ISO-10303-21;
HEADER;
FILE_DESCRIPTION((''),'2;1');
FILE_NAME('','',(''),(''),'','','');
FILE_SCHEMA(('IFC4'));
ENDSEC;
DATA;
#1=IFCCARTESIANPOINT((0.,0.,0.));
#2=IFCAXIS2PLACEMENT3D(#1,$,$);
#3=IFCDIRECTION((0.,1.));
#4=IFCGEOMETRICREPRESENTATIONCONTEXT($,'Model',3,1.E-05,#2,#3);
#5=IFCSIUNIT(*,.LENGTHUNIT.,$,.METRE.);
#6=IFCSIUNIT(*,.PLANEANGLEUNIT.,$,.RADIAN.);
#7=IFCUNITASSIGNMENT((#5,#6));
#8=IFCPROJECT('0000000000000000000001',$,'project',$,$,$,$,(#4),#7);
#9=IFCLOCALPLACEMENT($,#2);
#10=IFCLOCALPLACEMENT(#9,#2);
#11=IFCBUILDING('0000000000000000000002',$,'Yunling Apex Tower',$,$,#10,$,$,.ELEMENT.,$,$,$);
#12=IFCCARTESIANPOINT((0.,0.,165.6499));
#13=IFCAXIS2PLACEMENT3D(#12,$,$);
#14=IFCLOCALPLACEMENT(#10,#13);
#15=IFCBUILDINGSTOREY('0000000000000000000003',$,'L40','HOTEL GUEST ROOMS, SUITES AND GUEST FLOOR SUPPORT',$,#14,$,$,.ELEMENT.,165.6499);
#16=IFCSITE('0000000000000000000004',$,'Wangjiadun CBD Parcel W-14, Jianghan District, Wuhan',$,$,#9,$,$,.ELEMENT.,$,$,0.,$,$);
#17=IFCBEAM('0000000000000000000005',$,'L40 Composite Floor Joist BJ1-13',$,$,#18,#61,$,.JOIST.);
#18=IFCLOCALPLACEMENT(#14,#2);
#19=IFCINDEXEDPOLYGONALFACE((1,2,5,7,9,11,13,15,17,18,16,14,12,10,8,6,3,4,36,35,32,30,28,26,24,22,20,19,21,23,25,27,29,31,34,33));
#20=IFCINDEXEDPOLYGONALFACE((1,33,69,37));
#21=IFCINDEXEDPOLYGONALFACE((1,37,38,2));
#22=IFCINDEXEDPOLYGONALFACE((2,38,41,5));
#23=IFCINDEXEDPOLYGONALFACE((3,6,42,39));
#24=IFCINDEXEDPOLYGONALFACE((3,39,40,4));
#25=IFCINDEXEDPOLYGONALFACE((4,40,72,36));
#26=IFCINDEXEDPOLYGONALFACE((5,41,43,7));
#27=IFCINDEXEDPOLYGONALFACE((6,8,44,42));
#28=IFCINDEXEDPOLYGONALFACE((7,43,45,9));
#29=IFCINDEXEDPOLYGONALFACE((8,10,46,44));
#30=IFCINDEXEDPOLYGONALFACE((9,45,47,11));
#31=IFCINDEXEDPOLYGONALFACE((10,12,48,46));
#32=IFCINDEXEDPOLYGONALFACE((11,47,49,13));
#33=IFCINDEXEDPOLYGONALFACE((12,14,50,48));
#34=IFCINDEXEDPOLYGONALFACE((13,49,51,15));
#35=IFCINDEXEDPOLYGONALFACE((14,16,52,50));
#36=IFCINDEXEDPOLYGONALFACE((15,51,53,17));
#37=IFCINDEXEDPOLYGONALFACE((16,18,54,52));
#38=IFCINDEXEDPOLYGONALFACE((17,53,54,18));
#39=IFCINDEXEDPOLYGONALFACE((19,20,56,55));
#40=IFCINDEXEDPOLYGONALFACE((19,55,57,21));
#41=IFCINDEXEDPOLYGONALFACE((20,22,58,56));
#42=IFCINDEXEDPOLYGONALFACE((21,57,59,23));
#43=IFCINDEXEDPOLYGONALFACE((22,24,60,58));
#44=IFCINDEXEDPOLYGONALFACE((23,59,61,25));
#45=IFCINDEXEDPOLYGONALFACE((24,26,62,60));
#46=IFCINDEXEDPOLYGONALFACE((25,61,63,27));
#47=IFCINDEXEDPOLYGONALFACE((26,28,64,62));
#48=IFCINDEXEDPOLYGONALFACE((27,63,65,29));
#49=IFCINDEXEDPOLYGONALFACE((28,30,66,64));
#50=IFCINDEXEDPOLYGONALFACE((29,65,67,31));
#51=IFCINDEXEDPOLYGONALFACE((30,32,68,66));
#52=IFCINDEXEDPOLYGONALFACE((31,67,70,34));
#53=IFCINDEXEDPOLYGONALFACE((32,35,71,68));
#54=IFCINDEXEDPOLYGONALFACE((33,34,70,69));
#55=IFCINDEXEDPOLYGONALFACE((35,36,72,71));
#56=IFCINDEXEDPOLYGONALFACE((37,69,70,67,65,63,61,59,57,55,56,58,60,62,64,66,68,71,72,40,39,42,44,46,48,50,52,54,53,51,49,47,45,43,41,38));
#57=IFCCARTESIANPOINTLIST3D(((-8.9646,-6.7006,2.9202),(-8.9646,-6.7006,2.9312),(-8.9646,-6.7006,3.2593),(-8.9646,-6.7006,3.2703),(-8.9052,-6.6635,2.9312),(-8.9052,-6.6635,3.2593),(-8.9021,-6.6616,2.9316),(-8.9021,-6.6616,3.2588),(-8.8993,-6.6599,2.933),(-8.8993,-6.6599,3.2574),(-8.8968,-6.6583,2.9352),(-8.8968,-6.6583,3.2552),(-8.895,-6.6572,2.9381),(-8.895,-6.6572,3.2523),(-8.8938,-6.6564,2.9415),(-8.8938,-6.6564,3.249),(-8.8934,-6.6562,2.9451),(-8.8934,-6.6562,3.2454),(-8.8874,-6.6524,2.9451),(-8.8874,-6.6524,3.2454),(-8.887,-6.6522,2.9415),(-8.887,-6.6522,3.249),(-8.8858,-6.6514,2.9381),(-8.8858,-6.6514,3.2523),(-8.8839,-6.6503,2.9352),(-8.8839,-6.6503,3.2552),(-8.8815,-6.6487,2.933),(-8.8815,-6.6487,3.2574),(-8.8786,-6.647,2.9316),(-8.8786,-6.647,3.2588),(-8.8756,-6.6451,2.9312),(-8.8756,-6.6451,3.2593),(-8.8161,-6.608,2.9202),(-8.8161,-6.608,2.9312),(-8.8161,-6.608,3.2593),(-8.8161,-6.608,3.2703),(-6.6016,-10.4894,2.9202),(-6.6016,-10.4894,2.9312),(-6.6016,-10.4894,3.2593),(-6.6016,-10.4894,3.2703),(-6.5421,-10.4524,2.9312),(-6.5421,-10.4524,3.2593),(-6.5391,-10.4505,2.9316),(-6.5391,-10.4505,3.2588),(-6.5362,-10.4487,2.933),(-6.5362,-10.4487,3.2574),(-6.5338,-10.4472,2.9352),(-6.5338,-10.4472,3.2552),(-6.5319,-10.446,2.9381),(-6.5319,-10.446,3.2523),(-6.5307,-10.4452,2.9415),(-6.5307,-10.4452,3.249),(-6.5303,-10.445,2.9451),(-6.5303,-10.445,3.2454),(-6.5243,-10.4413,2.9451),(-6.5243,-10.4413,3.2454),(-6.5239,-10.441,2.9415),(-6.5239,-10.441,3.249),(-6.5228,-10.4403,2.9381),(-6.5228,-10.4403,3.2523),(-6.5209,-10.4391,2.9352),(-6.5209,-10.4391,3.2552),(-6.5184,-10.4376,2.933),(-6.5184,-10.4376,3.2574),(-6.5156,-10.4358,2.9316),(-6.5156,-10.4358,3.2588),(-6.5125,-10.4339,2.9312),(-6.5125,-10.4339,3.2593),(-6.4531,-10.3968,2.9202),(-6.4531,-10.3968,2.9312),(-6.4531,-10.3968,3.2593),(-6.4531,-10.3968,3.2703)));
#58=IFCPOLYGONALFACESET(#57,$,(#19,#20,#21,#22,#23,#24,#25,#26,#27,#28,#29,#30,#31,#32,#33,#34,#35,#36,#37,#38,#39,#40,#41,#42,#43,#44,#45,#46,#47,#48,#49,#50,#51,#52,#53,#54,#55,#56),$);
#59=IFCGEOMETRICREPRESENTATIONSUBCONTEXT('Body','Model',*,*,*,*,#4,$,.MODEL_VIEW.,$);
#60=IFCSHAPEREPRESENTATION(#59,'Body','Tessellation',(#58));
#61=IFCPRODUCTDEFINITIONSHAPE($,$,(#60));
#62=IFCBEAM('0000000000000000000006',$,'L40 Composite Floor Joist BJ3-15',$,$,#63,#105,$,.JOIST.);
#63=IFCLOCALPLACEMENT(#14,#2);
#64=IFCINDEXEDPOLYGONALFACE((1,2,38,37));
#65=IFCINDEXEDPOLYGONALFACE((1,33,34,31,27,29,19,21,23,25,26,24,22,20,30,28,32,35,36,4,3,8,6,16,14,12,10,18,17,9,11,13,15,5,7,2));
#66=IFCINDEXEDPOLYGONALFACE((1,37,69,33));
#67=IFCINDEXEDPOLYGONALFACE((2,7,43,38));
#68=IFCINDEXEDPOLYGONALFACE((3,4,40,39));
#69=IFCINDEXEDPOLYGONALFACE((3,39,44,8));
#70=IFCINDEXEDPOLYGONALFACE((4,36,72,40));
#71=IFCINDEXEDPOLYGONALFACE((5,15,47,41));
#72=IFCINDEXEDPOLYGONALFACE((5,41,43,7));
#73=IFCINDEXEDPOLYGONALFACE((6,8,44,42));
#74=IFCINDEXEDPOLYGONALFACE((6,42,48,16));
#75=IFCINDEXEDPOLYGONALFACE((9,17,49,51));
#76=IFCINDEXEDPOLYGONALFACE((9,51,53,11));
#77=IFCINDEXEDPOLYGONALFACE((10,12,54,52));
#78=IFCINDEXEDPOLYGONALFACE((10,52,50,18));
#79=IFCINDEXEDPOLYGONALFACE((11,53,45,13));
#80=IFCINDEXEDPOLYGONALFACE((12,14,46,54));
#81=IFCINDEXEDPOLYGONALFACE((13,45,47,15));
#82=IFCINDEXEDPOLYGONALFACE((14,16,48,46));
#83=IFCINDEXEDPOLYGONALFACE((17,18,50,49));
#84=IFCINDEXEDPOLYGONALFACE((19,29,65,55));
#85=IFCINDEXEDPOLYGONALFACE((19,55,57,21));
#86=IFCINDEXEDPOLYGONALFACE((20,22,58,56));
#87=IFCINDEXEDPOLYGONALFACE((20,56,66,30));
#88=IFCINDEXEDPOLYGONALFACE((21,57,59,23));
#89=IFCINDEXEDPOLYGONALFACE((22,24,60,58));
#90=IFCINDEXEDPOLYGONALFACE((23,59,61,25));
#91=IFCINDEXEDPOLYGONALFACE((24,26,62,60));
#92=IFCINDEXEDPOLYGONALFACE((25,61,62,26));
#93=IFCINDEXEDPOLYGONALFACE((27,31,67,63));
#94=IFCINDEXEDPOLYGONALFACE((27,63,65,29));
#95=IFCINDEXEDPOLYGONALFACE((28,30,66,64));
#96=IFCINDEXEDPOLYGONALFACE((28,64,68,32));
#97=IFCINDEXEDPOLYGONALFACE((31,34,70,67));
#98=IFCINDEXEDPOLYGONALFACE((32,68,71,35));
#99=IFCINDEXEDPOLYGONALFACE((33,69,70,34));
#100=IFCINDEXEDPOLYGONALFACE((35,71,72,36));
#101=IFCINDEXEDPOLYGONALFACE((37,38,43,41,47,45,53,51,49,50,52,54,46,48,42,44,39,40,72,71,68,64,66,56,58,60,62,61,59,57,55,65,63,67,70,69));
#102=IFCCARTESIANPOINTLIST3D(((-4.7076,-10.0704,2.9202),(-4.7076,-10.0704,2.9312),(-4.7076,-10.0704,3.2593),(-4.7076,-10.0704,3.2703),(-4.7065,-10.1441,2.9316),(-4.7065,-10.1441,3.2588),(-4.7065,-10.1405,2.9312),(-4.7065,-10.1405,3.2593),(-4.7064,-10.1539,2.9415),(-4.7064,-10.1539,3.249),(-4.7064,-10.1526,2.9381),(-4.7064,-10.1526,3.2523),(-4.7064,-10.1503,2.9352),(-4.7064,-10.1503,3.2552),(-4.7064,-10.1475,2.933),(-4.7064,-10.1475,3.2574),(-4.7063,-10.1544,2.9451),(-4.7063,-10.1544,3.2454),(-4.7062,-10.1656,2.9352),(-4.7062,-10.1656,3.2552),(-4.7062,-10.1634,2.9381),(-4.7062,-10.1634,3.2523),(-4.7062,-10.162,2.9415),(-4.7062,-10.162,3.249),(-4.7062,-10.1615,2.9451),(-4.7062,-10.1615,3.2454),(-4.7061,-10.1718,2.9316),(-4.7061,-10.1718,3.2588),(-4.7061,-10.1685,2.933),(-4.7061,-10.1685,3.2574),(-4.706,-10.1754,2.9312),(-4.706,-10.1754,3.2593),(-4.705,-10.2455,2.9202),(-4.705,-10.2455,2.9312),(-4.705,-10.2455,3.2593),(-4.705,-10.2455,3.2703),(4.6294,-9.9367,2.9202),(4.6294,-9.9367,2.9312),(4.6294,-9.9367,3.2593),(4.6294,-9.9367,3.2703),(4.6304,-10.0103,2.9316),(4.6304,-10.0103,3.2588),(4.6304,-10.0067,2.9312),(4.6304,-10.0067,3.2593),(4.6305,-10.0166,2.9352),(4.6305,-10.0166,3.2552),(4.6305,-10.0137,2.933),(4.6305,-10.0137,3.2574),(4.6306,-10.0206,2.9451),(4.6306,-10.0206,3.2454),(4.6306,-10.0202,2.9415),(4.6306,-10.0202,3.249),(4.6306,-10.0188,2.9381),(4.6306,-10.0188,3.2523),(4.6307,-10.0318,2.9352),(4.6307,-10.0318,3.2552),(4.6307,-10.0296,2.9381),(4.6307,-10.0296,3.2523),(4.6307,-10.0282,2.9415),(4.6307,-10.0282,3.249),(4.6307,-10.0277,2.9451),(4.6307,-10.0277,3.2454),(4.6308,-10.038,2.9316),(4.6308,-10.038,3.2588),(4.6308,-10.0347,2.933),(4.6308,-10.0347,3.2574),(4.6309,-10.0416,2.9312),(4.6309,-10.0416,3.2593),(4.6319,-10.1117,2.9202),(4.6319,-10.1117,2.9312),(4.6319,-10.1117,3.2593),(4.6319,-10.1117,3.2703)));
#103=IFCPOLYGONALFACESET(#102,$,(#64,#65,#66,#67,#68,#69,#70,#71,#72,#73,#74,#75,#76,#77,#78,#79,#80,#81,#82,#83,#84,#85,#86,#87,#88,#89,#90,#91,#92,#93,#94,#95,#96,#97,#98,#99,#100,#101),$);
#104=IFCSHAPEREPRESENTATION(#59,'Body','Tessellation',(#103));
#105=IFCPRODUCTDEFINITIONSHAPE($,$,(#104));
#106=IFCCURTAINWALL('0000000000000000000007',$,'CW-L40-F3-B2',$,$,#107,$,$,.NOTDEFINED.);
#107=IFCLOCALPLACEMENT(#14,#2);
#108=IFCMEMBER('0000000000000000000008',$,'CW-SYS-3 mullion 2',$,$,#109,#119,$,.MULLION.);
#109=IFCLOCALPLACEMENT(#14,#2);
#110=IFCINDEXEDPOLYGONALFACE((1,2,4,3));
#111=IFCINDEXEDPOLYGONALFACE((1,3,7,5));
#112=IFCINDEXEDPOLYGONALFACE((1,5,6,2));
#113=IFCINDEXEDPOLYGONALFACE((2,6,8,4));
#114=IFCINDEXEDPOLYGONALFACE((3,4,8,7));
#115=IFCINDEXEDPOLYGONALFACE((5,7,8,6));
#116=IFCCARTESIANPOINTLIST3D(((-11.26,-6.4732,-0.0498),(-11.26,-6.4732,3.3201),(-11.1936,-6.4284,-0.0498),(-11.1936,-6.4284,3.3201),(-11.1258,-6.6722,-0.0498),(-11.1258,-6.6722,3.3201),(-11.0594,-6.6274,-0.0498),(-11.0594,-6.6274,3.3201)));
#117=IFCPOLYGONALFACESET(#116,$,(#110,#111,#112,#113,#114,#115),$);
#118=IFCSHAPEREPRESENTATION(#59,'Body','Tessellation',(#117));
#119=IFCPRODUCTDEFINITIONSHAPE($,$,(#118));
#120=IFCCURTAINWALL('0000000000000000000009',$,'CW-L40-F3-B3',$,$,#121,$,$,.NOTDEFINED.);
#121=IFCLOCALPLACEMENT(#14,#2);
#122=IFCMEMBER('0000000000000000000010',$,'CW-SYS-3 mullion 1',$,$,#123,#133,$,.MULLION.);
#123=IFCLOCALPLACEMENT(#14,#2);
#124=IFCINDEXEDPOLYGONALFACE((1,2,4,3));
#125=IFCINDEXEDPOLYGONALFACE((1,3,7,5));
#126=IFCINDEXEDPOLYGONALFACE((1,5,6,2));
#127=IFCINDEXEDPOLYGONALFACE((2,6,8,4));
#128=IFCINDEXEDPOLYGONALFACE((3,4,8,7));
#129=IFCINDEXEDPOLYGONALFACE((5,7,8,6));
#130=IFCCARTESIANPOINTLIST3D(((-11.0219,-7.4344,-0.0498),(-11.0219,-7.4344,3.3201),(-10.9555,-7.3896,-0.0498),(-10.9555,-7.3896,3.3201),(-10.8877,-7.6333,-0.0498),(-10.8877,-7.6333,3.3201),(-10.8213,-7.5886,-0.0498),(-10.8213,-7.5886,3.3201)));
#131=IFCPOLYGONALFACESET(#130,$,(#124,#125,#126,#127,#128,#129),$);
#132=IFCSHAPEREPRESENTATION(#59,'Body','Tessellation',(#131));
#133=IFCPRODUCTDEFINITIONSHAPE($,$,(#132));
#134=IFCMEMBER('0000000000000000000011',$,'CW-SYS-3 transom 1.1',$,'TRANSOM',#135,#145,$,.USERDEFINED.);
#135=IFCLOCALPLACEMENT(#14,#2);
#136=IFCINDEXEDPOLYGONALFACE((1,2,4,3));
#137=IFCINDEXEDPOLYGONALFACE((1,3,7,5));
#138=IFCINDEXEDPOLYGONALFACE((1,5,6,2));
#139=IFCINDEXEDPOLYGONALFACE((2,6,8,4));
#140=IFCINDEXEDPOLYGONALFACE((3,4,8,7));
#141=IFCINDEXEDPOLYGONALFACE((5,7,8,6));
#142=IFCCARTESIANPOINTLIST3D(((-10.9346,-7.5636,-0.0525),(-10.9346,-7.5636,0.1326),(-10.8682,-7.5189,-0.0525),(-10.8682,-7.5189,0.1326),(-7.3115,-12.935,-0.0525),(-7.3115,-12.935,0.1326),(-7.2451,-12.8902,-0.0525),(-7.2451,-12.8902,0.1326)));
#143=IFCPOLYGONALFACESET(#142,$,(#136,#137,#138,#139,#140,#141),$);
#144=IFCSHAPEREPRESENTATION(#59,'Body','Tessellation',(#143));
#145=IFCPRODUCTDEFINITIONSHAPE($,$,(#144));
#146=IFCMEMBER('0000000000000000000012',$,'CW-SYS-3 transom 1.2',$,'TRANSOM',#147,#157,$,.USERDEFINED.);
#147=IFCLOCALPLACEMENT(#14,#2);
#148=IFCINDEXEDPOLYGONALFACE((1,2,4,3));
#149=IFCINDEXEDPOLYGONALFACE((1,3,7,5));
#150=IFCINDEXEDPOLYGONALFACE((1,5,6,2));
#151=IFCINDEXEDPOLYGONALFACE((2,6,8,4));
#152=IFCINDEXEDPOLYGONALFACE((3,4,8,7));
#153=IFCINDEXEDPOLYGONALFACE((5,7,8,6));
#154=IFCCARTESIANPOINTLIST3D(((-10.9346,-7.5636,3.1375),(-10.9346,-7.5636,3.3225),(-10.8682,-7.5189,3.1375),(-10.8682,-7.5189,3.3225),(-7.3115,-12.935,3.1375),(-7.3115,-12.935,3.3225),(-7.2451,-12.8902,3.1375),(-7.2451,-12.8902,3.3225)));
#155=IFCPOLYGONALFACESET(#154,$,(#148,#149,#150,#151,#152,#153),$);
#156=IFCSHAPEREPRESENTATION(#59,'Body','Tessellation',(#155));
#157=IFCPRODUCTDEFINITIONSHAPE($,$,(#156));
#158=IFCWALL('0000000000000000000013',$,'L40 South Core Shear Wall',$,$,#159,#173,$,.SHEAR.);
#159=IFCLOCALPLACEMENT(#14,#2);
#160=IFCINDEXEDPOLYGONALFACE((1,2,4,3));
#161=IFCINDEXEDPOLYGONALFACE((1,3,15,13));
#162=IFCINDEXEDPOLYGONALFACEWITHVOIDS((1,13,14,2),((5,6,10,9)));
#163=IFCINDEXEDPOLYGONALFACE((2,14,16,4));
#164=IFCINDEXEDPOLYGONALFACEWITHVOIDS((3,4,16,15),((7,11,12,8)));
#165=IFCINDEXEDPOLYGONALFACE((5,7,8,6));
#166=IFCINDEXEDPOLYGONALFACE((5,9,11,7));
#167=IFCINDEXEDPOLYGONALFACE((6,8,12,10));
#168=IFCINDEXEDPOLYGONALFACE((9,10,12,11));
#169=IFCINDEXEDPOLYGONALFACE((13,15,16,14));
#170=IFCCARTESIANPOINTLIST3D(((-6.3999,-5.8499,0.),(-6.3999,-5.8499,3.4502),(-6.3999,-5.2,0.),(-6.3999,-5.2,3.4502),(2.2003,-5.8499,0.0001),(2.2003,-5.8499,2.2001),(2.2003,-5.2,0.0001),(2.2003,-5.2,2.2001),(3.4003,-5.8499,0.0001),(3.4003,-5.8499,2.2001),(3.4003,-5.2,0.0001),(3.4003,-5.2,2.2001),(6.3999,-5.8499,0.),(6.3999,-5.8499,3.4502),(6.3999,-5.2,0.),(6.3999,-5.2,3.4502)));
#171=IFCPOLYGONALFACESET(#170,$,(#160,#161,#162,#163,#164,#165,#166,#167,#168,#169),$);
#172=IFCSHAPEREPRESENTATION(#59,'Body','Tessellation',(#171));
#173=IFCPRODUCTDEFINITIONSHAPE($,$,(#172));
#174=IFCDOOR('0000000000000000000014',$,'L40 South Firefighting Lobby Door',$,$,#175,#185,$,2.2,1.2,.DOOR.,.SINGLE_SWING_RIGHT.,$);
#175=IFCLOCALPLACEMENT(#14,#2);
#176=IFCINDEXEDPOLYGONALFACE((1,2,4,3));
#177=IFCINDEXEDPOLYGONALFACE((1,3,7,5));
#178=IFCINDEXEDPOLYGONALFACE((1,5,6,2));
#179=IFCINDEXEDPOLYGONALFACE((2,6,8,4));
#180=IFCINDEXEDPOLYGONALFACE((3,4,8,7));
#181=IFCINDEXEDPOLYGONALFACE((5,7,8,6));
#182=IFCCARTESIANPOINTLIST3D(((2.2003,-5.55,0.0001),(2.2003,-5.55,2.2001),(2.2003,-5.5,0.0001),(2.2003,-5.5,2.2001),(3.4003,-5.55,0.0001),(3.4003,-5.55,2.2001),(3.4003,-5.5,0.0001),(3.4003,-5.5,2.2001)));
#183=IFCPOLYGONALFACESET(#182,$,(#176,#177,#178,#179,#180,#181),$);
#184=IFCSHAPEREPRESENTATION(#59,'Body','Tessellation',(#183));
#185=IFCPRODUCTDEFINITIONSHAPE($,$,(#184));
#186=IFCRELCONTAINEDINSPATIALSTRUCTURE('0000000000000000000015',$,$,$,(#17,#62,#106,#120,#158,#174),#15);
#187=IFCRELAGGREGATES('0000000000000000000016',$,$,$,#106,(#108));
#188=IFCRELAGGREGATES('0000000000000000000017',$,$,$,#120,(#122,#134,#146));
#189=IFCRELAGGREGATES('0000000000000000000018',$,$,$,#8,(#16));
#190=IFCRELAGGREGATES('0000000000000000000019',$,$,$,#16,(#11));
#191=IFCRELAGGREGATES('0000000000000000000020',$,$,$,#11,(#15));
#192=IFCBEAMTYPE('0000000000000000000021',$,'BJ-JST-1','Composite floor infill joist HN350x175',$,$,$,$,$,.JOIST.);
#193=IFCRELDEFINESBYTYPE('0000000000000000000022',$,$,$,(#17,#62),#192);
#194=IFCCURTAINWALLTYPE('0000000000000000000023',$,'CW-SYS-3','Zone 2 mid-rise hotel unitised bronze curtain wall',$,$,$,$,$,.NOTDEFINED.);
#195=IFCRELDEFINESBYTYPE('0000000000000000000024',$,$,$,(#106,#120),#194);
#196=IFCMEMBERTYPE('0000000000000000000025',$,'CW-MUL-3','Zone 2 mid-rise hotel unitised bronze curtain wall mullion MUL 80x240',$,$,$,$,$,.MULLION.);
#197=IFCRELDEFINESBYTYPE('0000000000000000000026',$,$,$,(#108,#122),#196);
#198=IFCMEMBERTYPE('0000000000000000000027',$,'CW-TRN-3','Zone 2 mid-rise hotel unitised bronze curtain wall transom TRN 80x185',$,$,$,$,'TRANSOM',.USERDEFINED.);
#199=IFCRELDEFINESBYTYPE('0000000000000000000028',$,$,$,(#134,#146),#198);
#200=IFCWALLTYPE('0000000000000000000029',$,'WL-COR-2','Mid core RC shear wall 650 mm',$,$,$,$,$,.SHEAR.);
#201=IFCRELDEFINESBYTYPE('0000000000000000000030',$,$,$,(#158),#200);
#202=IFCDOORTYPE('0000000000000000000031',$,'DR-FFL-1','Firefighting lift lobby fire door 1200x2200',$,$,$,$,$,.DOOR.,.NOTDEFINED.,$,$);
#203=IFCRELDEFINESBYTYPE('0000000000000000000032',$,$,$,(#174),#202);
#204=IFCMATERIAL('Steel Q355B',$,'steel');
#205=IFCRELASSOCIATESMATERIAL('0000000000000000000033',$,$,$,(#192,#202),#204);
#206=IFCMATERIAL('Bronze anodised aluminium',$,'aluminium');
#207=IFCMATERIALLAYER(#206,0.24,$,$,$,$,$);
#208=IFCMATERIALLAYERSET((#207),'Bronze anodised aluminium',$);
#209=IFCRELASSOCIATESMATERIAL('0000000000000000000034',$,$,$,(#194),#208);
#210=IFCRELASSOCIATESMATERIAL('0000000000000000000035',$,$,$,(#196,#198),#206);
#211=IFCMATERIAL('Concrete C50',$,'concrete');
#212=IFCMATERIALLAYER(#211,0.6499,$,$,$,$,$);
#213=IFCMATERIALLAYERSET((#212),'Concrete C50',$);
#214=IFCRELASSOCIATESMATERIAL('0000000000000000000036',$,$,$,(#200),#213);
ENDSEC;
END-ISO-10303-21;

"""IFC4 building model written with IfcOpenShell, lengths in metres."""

from ifc_helpers import new_model, si_unit, direction, frame, frame_2d, origin, origin_2d, place, context, subcontext, project, spatial, rectangle, i_section, extrude, source, transform, mapped, material, layer, layer_set, material_profile, profile_set, type_object, element, fill, aggregate, save


model = new_model("IFC4")

# Units and contexts
model_context = context("Model", 3, precision=1e-05, world=origin(), true_north=direction((0.0, 1.0)))
body_context = subcontext(model_context, "Body", "Model", "MODEL_VIEW")
ifc_project = project(units=[si_unit("LENGTHUNIT", "METRE"), si_unit("PLANEANGLEUNIT", "RADIAN")], contexts=[model_context])

# Site, building, storey
site_placement = place(None, origin())
site = spatial("IfcSite", under=ifc_project, at=site_placement, Name="Wangjiadun CBD Parcel W-14, Jianghan District, Wuhan", CompositionType="ELEMENT", RefElevation=0.0)
building_placement = place(site_placement, origin())
building = spatial("IfcBuilding", under=site, at=building_placement, Name="Yunling Apex Tower", CompositionType="ELEMENT")
storey_placement = place(building_placement, frame((0.0, 0.0, 165.6499)))
storey = spatial("IfcBuildingStorey", under=building, at=storey_placement, Name="L40", Description="HOTEL GUEST ROOMS, SUITES AND GUEST FLOOR SUPPORT", CompositionType="ELEMENT", Elevation=165.6499)

# Shared definitions
ifc_material_1 = material(Name="Concrete C50", Category="concrete")

# Beams
ifc_material_2 = material(Name="Steel Q355B", Category="steel")
ifc_material_profile_1 = material_profile(ifc_material_2, i_section(OverallWidth=0.175, OverallDepth=0.3501, WebThickness=0.0071, FlangeThickness=0.011, FilletRadius=0.0139, at=origin_2d()))
ifc_profile_set_1 = profile_set([ifc_material_profile_1], Name="Steel Q355B")
beam_type_1 = type_object("IfcBeamType", Name="BJ-JST-1", Description="Composite floor infill joist HN350x175", PredefinedType="JOIST", material=ifc_profile_set_1)
shared_shape_1 = source(origin(), body_context, "Body", "SweptSolid", [
    extrude(i_section(OverallWidth=0.175, OverallDepth=0.3501, WebThickness=0.0071, FlangeThickness=0.011, FilletRadius=0.0139, at=origin_2d()), origin(), (0.0, 0.0, 1.0), 4.4653),
])
beam_1_placement = place(storey_placement, frame((-8.8904, -6.6543, 3.0952), z_axis=(0.529198, -0.848499, 0.0), x_axis=(0.848499, 0.529198, 0.0)))
element("IfcBeam", 1, at=beam_1_placement, inside=storey, type_object=beam_type_1, Name="L40 Composite Floor Joist BJ1-13", PredefinedType="JOIST", context=body_context, shape_type="MappedRepresentation", body=[
    mapped(shared_shape_1, transform((0.0, 0.0, 0.0), scale=1.0)),
])
shared_shape_2 = source(origin(), body_context, "Body", "SweptSolid", [
    extrude(i_section(OverallWidth=0.175, OverallDepth=0.3501, WebThickness=0.0071, FlangeThickness=0.011, FilletRadius=0.0139, at=origin_2d()), origin(), (0.0, 0.0, 1.0), 9.3379),
])
beam_2_placement = place(storey_placement, frame((-4.7063, -10.158, 3.0952), z_axis=(0.999897, 0.014328, 0.0), x_axis=(-0.014328, 0.999897, 0.0)))
element("IfcBeam", 2, at=beam_2_placement, inside=storey, type_object=beam_type_1, Name="L40 Composite Floor Joist BJ3-15", PredefinedType="JOIST", context=body_context, shape_type="MappedRepresentation", body=[
    mapped(shared_shape_2, transform((0.0, 0.0, 0.0), scale=1.0)),
])

# Curtain wall, member
ifc_material_3 = material(Name="Bronze anodised aluminium", Category="aluminium")
ifc_layer_1 = layer(ifc_material_3, 0.24)
ifc_layer_set_1 = layer_set([ifc_layer_1], Name="Bronze anodised aluminium")
curtain_wall_type = type_object("IfcCurtainWallType", Name="CW-SYS-3", Description="Zone 2 mid-rise hotel unitised bronze curtain wall", PredefinedType="NOTDEFINED", material=ifc_layer_set_1)
curtain_wall_1_placement = place(storey_placement, origin())
curtain_wall_1 = element("IfcCurtainWall", 3, at=curtain_wall_1_placement, inside=storey, type_object=curtain_wall_type, Name="CW-L40-F3-B2", PredefinedType="NOTDEFINED")
ifc_material_profile_2 = material_profile(ifc_material_3, rectangle(XDim=0.0801, YDim=0.24, at=origin_2d()))
ifc_profile_set_2 = profile_set([ifc_material_profile_2], Name="Bronze anodised aluminium")
member_type_1 = type_object("IfcMemberType", Name="CW-MUL-3", Description="Zone 2 mid-rise hotel unitised bronze curtain wall mullion MUL 80x240", PredefinedType="MULLION", material=ifc_profile_set_2)
shared_shape_3 = source(origin(), body_context, "Body", "SweptSolid", [
    extrude(rectangle(XDim=0.0801, YDim=0.24, at=origin_2d()), origin(), (0.0, 0.0, 1.0), 3.3699),
])
member_1_placement = place(storey_placement, frame((-11.1597, -6.5503, -0.0498), z_axis=(0.0, 0.0, 1.0), x_axis=(0.829026, 0.55921, 0.0)))
member_1 = element("IfcMember", 4, at=member_1_placement, type_object=member_type_1, Name="CW-SYS-3 mullion 2", PredefinedType="MULLION", context=body_context, shape_type="MappedRepresentation", body=[
    mapped(shared_shape_3, transform((0.0, 0.0, 0.0), scale=1.0)),
])
aggregate(curtain_wall_1, [member_1])

# Curtain wall, members
curtain_wall_2_placement = place(storey_placement, origin())
curtain_wall_2 = element("IfcCurtainWall", 5, at=curtain_wall_2_placement, inside=storey, type_object=curtain_wall_type, Name="CW-L40-F3-B3", PredefinedType="NOTDEFINED")
member_2_placement = place(storey_placement, frame((-10.9216, -7.5115, -0.0498), z_axis=(0.0, 0.0, 1.0), x_axis=(0.829041, 0.559188, 0.0)))
member_2 = element("IfcMember", 6, at=member_2_placement, type_object=member_type_1, Name="CW-SYS-3 mullion 1", PredefinedType="MULLION", context=body_context, shape_type="MappedRepresentation", body=[
    mapped(shared_shape_3, transform((0.0, 0.0, 0.0), scale=1.0)),
])
ifc_material_profile_3 = material_profile(ifc_material_3, rectangle(XDim=0.0801, YDim=0.1851, at=origin_2d()))
ifc_profile_set_3 = profile_set([ifc_material_profile_3], Name="Bronze anodised aluminium")
member_type_2 = type_object("IfcMemberType", Name="CW-TRN-3", Description="Zone 2 mid-rise hotel unitised bronze curtain wall transom TRN 80x185", ElementType="TRANSOM", PredefinedType="USERDEFINED", material=ifc_profile_set_3)
shared_shape_4 = source(origin(), body_context, "Body", "SweptSolid", [
    extrude(rectangle(XDim=0.0801, YDim=0.1851, at=origin_2d()), origin(), (0.0, 0.0, 1.0), 6.479),
])
member_3_placement = place(storey_placement, frame((-10.9014, -7.5413, 0.04), z_axis=(0.559196, -0.829035, 0.0), x_axis=(0.829035, 0.559196, 0.0)))
member_3 = element("IfcMember", 7, at=member_3_placement, type_object=member_type_2, Name="CW-SYS-3 transom 1.1", ObjectType="TRANSOM", PredefinedType="USERDEFINED", context=body_context, shape_type="MappedRepresentation", body=[
    mapped(shared_shape_4, transform((0.0, 0.0, 0.0), scale=1.0)),
])
member_4_placement = place(storey_placement, frame((-10.9014, -7.5413, 3.23), z_axis=(0.559196, -0.829035, 0.0), x_axis=(0.829035, 0.559196, 0.0)))
member_4 = element("IfcMember", 8, at=member_4_placement, type_object=member_type_2, Name="CW-SYS-3 transom 1.2", ObjectType="TRANSOM", PredefinedType="USERDEFINED", context=body_context, shape_type="MappedRepresentation", body=[
    mapped(shared_shape_4, transform((0.0, 0.0, 0.0), scale=1.0)),
])
aggregate(curtain_wall_2, [member_2, member_3, member_4])

# Wall, opening, door
ifc_layer_2 = layer(ifc_material_1, 0.6499)
ifc_layer_set_2 = layer_set([ifc_layer_2], Name="Concrete C50")
wall_type_1 = type_object("IfcWallType", Name="WL-COR-2", Description="Mid core RC shear wall 650 mm", PredefinedType="SHEAR", material=ifc_layer_set_2)
wall_1_placement = place(storey_placement, frame((-6.3999, -5.5249, 0.0), z_axis=(0.0, 0.0, 1.0), x_axis=(1.0, 0.0, 0.0)))
wall_1 = element("IfcWall", 9, at=wall_1_placement, inside=storey, type_object=wall_type_1, Name="L40 South Core Shear Wall", PredefinedType="SHEAR", context=body_context, shape_type="SweptSolid", body=[
    extrude(rectangle(XDim=12.7998, YDim=0.6499, at=frame_2d((6.3999, 0.0))), origin(), (0.0, 0.0, 1.0), 3.4502),
])
opening_1_placement = place(wall_1_placement, frame((8.6001, 0.0, 0.0)))
opening_1 = element("IfcOpeningElement", 10, at=opening_1_placement, cuts=wall_1, PredefinedType="OPENING", context=body_context, shape_type="SweptSolid", body=[
    extrude(rectangle(XDim=1.2, YDim=2.2, at=frame_2d((0.6001, 1.1001))), frame((0.0, 0.335, 0.0), z_axis=(0.0, -1.0, 0.0), x_axis=(1.0, 0.0, 0.0)), (0.0, 0.0, 1.0), 0.6699),
])
door_type_1 = type_object("IfcDoorType", Name="DR-FFL-1", Description="Firefighting lift lobby fire door 1200x2200", OperationType="NOTDEFINED", PredefinedType="DOOR", material=ifc_material_2)
door_1_placement = place(opening_1_placement, origin())
door_1 = element("IfcDoor", 11, at=door_1_placement, inside=storey, type_object=door_type_1, Name="L40 South Firefighting Lobby Door", OperationType="SINGLE_SWING_RIGHT", OverallHeight=2.2, OverallWidth=1.2, PredefinedType="DOOR", context=body_context, shape_type="SweptSolid", body=[
    extrude(rectangle(XDim=1.2, YDim=2.2, at=frame_2d((0.6001, 1.1001))), frame((0.0, 0.0249, 0.0), z_axis=(0.0, -1.0, 0.0), x_axis=(1.0, 0.0, 0.0)), (0.0, 0.0, 1.0), 0.05),
])
fill(opening_1, door_1)

save(model, "model.ifc")
